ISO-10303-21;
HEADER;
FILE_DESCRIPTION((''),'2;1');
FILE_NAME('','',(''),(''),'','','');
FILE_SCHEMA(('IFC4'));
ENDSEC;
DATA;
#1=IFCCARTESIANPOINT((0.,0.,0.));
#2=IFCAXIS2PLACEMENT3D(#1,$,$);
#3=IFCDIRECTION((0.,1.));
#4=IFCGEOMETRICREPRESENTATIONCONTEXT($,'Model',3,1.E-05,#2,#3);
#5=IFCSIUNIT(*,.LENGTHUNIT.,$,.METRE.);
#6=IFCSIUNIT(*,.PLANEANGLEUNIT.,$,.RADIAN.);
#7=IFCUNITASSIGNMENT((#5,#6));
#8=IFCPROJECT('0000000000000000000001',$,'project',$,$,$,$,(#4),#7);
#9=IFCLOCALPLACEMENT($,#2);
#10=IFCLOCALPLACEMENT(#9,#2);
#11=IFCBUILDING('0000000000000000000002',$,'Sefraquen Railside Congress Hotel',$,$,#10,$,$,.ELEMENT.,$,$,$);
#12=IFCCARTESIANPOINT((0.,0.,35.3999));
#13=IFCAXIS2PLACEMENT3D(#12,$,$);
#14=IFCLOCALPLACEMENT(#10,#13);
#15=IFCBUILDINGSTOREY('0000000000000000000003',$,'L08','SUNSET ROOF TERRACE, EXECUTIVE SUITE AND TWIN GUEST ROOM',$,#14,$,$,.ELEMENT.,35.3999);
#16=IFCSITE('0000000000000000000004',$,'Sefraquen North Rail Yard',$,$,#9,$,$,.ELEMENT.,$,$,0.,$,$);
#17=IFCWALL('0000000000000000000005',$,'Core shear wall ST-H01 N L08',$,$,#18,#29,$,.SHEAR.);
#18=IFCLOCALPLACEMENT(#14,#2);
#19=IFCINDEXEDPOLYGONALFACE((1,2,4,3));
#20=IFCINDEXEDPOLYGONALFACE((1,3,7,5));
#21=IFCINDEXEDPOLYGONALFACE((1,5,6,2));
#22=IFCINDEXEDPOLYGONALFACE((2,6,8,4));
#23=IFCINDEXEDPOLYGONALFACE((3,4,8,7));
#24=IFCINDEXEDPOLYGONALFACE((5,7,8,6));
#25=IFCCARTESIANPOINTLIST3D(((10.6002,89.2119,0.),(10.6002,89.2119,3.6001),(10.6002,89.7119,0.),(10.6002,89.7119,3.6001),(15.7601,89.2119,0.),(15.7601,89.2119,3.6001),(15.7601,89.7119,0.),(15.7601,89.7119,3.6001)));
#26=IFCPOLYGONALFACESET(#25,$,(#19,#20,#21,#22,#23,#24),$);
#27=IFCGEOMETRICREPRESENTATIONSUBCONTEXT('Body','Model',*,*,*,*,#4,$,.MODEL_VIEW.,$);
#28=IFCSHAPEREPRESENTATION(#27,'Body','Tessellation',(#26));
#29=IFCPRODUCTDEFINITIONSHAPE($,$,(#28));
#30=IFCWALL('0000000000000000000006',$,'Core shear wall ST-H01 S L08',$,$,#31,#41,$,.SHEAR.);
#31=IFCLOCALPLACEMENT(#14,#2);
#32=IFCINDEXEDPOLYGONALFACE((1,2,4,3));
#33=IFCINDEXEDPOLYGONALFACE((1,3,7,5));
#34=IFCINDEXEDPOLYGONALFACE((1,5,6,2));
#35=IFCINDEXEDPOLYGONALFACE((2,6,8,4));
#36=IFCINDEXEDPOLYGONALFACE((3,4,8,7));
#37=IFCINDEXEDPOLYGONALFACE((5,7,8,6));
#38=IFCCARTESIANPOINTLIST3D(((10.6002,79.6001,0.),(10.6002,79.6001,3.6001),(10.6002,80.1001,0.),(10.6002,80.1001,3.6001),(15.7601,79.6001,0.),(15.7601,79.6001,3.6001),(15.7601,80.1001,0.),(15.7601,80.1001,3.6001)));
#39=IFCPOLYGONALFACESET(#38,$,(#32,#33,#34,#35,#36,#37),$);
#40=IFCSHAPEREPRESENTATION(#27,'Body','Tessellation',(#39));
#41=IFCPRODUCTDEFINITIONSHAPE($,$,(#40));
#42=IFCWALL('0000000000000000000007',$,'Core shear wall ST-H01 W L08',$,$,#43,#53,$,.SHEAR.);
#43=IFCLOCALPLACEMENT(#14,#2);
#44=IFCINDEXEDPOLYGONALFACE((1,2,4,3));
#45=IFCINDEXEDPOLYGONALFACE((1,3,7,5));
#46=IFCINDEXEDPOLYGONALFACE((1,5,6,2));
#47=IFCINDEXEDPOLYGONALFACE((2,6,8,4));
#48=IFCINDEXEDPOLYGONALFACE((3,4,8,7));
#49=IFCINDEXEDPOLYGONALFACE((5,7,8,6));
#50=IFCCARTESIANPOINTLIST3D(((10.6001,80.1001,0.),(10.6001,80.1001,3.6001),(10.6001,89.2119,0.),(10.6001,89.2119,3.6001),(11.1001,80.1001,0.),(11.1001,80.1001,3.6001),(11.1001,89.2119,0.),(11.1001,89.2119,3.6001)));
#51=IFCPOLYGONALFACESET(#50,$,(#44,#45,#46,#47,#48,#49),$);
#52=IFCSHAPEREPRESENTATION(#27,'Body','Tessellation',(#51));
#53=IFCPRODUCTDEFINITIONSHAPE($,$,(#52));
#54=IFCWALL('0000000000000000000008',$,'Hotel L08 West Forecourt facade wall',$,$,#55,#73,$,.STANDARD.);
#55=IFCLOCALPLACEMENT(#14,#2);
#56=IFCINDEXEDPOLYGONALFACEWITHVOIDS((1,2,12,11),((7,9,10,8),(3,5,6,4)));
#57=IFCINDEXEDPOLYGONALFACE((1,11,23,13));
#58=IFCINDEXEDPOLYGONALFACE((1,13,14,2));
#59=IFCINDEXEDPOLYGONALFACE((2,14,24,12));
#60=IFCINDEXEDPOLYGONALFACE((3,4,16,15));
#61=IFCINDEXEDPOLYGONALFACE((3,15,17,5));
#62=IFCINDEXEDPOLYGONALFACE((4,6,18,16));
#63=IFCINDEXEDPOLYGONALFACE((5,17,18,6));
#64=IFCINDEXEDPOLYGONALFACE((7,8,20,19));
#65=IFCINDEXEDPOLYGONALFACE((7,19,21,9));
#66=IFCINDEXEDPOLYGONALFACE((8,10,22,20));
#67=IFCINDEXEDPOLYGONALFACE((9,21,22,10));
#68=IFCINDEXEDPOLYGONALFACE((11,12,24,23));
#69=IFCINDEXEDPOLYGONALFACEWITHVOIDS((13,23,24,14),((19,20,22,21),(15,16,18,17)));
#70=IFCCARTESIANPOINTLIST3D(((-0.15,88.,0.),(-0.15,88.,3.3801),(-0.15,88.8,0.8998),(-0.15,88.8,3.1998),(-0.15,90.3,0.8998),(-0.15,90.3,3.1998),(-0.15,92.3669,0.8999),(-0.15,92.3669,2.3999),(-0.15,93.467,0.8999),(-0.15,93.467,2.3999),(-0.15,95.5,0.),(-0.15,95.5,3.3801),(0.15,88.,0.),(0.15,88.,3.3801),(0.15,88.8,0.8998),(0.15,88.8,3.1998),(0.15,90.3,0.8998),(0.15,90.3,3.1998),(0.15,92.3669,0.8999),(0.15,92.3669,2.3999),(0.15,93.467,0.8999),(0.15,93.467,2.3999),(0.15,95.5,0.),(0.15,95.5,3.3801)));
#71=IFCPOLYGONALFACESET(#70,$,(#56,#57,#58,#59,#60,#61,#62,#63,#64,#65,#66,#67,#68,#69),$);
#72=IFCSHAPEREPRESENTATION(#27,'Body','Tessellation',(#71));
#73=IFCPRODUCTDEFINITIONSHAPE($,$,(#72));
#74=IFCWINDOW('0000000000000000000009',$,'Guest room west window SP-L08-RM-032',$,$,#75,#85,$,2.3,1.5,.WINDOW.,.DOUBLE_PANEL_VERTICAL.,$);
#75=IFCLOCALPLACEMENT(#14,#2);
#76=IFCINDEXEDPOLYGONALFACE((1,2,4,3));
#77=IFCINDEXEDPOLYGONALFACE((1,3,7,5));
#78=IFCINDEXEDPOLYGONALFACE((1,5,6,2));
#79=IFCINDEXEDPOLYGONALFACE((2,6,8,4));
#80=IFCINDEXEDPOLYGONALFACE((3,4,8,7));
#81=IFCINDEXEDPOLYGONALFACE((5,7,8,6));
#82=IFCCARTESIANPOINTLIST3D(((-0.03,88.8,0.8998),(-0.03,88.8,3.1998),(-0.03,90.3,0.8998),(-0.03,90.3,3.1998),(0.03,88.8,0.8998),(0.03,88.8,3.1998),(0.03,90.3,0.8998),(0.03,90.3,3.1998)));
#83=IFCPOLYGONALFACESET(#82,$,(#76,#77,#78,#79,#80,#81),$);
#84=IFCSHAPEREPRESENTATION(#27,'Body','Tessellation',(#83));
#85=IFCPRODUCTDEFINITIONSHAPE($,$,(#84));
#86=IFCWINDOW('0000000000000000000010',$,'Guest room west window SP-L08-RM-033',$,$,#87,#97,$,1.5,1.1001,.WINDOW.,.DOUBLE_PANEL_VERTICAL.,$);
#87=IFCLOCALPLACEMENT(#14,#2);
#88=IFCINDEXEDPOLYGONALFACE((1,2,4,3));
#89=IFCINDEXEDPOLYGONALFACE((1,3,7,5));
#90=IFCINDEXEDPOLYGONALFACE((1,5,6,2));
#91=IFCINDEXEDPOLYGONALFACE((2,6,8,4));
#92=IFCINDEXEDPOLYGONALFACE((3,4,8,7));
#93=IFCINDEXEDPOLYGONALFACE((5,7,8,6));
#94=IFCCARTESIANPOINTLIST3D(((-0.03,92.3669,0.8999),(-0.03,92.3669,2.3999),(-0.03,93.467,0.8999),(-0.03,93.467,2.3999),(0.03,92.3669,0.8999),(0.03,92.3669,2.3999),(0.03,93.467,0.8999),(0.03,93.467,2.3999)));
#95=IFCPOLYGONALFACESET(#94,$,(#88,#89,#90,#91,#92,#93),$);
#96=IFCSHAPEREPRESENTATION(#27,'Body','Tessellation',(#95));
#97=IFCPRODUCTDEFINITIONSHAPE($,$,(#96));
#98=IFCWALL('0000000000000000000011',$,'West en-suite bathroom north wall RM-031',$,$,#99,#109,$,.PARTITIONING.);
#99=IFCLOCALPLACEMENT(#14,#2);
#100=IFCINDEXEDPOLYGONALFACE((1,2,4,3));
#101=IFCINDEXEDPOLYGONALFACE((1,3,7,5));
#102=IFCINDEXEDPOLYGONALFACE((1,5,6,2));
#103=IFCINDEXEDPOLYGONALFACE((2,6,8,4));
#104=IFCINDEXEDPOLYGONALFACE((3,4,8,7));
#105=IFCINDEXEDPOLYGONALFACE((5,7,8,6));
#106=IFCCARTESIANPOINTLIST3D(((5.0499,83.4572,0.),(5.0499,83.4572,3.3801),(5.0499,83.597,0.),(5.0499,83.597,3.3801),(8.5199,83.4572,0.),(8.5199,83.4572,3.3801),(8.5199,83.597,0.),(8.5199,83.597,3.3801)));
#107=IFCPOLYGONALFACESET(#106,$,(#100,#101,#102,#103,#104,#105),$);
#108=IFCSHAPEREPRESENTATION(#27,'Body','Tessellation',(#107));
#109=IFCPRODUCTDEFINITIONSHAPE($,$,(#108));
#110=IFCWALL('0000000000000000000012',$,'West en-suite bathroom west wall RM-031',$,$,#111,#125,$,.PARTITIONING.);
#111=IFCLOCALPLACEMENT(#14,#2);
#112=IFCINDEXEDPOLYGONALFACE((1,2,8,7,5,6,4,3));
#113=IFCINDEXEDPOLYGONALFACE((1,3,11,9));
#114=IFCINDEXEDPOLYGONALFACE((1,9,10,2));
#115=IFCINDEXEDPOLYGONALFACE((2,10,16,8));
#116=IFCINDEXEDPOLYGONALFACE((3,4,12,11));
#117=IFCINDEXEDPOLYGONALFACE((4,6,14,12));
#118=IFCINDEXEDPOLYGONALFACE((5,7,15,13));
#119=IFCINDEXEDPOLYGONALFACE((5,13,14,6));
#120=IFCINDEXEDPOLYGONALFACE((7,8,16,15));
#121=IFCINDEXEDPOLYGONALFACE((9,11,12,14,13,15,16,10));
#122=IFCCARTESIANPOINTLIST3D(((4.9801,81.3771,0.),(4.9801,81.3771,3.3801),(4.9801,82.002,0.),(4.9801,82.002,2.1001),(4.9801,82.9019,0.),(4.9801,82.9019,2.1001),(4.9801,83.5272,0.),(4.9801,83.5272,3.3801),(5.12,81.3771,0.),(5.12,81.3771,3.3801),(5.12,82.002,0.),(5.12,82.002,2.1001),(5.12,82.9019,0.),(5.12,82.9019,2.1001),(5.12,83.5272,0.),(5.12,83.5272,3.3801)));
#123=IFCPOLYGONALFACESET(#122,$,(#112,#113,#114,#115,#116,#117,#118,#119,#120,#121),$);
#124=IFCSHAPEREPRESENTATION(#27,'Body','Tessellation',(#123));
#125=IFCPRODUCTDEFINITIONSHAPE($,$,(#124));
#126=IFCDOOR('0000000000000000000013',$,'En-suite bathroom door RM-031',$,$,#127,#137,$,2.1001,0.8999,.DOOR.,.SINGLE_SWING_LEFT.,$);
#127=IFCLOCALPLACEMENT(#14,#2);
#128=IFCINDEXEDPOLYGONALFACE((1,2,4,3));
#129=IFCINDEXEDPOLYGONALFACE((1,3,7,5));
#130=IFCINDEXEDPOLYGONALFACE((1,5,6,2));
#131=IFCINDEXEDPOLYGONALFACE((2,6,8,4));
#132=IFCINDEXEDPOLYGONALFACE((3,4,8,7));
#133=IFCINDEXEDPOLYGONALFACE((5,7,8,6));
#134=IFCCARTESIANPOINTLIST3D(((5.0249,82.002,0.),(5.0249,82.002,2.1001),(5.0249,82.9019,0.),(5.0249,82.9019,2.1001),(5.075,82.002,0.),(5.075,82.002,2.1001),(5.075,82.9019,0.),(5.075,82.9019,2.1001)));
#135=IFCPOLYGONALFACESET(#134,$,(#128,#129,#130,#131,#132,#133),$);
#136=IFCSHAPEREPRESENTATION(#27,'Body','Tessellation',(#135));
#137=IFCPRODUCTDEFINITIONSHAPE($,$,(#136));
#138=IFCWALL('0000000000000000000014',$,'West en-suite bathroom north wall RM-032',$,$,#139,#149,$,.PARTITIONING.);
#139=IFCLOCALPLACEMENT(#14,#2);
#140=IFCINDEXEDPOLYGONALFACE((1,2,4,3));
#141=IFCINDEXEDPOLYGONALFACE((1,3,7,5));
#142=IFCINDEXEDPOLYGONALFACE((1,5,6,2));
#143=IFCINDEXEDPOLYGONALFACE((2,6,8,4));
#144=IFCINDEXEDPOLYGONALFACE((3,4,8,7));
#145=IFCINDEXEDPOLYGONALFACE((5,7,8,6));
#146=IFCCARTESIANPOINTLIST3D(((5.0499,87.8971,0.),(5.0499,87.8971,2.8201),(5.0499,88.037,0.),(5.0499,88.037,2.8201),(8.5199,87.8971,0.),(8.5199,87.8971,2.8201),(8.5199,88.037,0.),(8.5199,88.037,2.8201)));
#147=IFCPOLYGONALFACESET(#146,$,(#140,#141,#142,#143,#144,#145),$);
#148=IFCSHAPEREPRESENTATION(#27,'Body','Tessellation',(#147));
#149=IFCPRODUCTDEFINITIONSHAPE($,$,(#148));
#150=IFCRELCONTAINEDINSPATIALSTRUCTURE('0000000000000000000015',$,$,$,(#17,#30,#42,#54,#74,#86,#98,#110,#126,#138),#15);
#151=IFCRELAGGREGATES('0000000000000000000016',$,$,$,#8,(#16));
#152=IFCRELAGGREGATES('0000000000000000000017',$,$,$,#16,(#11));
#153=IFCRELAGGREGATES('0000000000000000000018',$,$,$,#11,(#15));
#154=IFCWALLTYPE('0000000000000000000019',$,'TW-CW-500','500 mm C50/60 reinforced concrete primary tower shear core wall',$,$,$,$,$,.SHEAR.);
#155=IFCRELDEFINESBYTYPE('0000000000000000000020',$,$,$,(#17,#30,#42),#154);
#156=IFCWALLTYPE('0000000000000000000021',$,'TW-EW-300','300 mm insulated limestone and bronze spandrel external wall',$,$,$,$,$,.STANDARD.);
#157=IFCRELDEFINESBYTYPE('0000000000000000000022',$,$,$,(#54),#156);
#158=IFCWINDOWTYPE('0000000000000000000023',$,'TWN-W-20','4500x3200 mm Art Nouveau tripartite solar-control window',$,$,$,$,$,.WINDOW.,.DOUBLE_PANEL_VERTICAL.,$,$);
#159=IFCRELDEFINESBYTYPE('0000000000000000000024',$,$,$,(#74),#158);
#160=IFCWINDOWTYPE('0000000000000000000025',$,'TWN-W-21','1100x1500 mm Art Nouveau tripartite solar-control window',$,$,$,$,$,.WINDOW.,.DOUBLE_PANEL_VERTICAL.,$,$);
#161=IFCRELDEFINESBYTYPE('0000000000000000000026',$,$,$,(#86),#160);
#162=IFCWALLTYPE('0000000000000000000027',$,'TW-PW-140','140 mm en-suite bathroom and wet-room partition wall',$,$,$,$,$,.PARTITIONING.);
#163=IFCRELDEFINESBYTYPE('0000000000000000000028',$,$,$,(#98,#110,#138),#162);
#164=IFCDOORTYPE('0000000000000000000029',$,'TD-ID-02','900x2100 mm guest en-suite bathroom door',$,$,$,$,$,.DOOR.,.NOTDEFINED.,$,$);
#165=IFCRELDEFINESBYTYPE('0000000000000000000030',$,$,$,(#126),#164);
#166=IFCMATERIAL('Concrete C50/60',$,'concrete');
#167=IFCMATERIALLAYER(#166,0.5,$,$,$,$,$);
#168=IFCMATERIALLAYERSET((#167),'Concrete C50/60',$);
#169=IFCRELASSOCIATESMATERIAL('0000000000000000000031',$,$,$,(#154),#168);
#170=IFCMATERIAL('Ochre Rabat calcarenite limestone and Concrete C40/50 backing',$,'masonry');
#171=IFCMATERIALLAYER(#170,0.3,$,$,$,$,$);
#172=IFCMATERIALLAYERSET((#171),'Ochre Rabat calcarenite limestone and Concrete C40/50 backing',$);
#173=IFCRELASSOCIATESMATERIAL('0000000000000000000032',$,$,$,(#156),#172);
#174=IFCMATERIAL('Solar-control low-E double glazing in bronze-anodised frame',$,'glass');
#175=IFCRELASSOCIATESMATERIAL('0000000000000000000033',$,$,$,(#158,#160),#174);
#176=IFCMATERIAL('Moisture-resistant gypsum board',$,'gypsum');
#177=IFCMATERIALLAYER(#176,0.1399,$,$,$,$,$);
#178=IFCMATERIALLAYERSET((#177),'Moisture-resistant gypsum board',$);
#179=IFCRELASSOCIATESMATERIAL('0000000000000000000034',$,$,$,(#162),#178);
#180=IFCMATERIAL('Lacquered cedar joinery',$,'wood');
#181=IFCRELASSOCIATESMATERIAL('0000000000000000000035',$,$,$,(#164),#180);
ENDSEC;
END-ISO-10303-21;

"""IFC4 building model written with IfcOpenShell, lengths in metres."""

from ifc_helpers import new_model, si_unit, direction, frame, frame_2d, origin, place, context, subcontext, project, spatial, rectangle, extrude, material, layer, layer_set, type_object, element, fill, save


model = new_model("IFC4")

# Units and contexts
model_context = context("Model", 3, precision=1e-05, world=origin(), true_north=direction((0.0, 1.0)))
body_context = subcontext(model_context, "Body", "Model", "MODEL_VIEW")
ifc_project = project(units=[si_unit("LENGTHUNIT", "METRE"), si_unit("PLANEANGLEUNIT", "RADIAN")], contexts=[model_context])

# Site, building, storey
site_placement = place(None, origin())
site = spatial("IfcSite", under=ifc_project, at=site_placement, Name="Sefraquen North Rail Yard", CompositionType="ELEMENT", RefElevation=0.0)
building_placement = place(site_placement, origin())
building = spatial("IfcBuilding", under=site, at=building_placement, Name="Sefraquen Railside Congress Hotel", CompositionType="ELEMENT")
storey_placement = place(building_placement, frame((0.0, 0.0, 35.3999)))
storey = spatial("IfcBuildingStorey", under=building, at=storey_placement, Name="L08", Description="SUNSET ROOF TERRACE, EXECUTIVE SUITE AND TWIN GUEST ROOM", CompositionType="ELEMENT", Elevation=35.3999)

# Walls
ifc_material_1 = material(Name="Concrete C50/60", Category="concrete")
ifc_layer_1 = layer(ifc_material_1, 0.5)
ifc_layer_set_1 = layer_set([ifc_layer_1], Name="Concrete C50/60")
wall_type_1 = type_object("IfcWallType", Name="TW-CW-500", Description="500 mm C50/60 reinforced concrete primary tower shear core wall", PredefinedType="SHEAR", material=ifc_layer_set_1)
for number, where, z_axis, x_axis, name in (
    (1, (10.6001, 89.4619, 0.0), (0.0, 0.0, 1.0), (1.0, 0.0, 0.0), "Core shear wall ST-H01 N L08"),
    (2, (10.6001, 79.8501, 0.0), (0.0, 0.0, 1.0), (1.0, 0.0, 0.0), "Core shear wall ST-H01 S L08"),
):
    element("IfcWall", number, at=place(storey_placement, frame(where, z_axis=z_axis, x_axis=x_axis)), inside=storey, type_object=wall_type_1, Name=name, PredefinedType="SHEAR", context=body_context, shape_type="SweptSolid", body=[
        extrude(rectangle(XDim=5.1599, YDim=0.5, at=frame_2d((2.5801, 0.0))), origin(), (0.0, 0.0, 1.0), 3.6001),
    ])
wall_1_placement = place(storey_placement, frame((10.8501, 80.1001, 0.0), z_axis=(0.0, 0.0, 1.0), x_axis=(0.0, 1.0, 0.0)))
element("IfcWall", 3, at=wall_1_placement, inside=storey, type_object=wall_type_1, Name="Core shear wall ST-H01 W L08", PredefinedType="SHEAR", context=body_context, shape_type="SweptSolid", body=[
    extrude(rectangle(XDim=9.1118, YDim=0.5, at=frame_2d((4.5559, 0.0))), origin(), (0.0, 0.0, 1.0), 3.6001),
])

# Wall, openings, windows
ifc_material_2 = material(Name="Ochre Rabat calcarenite limestone and Concrete C40/50 backing", Category="masonry")
ifc_layer_2 = layer(ifc_material_2, 0.3)
ifc_layer_set_2 = layer_set([ifc_layer_2], Name="Ochre Rabat calcarenite limestone and Concrete C40/50 backing")
wall_type_2 = type_object("IfcWallType", Name="TW-EW-300", Description="300 mm insulated limestone and bronze spandrel external wall", PredefinedType="STANDARD", material=ifc_layer_set_2)
wall_2_placement = place(storey_placement, frame((0.0, 88.0, 0.0), z_axis=(0.0, 0.0, 1.0), x_axis=(0.0, 1.0, 0.0)))
wall_2 = element("IfcWall", 4, at=wall_2_placement, inside=storey, type_object=wall_type_2, Name="Hotel L08 West Forecourt facade wall", PredefinedType="STANDARD", context=body_context, shape_type="SweptSolid", body=[
    extrude(rectangle(XDim=7.5, YDim=0.3, at=frame_2d((3.75, 0.0))), origin(), (0.0, 0.0, 1.0), 3.3801),
])
opening_1_placement = place(wall_2_placement, frame((0.8, 0.0, 0.8999)))
opening_1 = element("IfcOpeningElement", 5, at=opening_1_placement, cuts=wall_2, PredefinedType="OPENING", context=body_context, shape_type="SweptSolid", body=[
    extrude(rectangle(XDim=1.5, YDim=2.3, at=frame_2d((0.75, 1.1499))), frame((0.0, 0.1599, 0.0), z_axis=(0.0, -1.0, 0.0), x_axis=(1.0, 0.0, 0.0)), (0.0, 0.0, 1.0), 0.3201),
])
opening_2_placement = place(wall_2_placement, frame((4.3669, 0.0, 0.8999)))
opening_2 = element("IfcOpeningElement", 6, at=opening_2_placement, cuts=wall_2, PredefinedType="OPENING", context=body_context, shape_type="SweptSolid", body=[
    extrude(rectangle(XDim=1.1001, YDim=1.5, at=frame_2d((0.55, 0.75))), frame((0.0, 0.1599, 0.0), z_axis=(0.0, -1.0, 0.0), x_axis=(1.0, 0.0, 0.0)), (0.0, 0.0, 1.0), 0.3201),
])
ifc_material_3 = material(Name="Solar-control low-E double glazing in bronze-anodised frame", Category="glass")
window_type_1 = type_object("IfcWindowType", Name="TWN-W-20", Description="4500x3200 mm Art Nouveau tripartite solar-control window", PartitioningType="DOUBLE_PANEL_VERTICAL", PredefinedType="WINDOW", material=ifc_material_3)
window_1_placement = place(opening_1_placement, origin())
window_1 = element("IfcWindow", 7, at=window_1_placement, inside=storey, type_object=window_type_1, Name="Guest room west window SP-L08-RM-032", OverallHeight=2.3, OverallWidth=1.5, PartitioningType="DOUBLE_PANEL_VERTICAL", PredefinedType="WINDOW", context=body_context, shape_type="SweptSolid", body=[
    extrude(rectangle(XDim=1.5, YDim=2.3, at=frame_2d((0.75, 1.1499))), frame((0.0, 0.03, 0.0), z_axis=(0.0, -1.0, 0.0), x_axis=(1.0, 0.0, 0.0)), (0.0, 0.0, 1.0), 0.0601),
])
fill(opening_1, window_1)
window_type_2 = type_object("IfcWindowType", Name="TWN-W-21", Description="1100x1500 mm Art Nouveau tripartite solar-control window", PartitioningType="DOUBLE_PANEL_VERTICAL", PredefinedType="WINDOW", material=ifc_material_3)
window_2_placement = place(opening_2_placement, origin())
window_2 = element("IfcWindow", 8, at=window_2_placement, inside=storey, type_object=window_type_2, Name="Guest room west window SP-L08-RM-033", OverallHeight=1.5, OverallWidth=1.1001, PartitioningType="DOUBLE_PANEL_VERTICAL", PredefinedType="WINDOW", context=body_context, shape_type="SweptSolid", body=[
    extrude(rectangle(XDim=1.1001, YDim=1.5, at=frame_2d((0.55, 0.75))), frame((0.0, 0.03, 0.0), z_axis=(0.0, -1.0, 0.0), x_axis=(1.0, 0.0, 0.0)), (0.0, 0.0, 1.0), 0.0601),
])
fill(opening_2, window_2)

# Wall
ifc_material_4 = material(Name="Moisture-resistant gypsum board", Category="gypsum")
ifc_layer_3 = layer(ifc_material_4, 0.1399)
ifc_layer_set_3 = layer_set([ifc_layer_3], Name="Moisture-resistant gypsum board")
wall_type_3 = type_object("IfcWallType", Name="TW-PW-140", Description="140 mm en-suite bathroom and wet-room partition wall", PredefinedType="PARTITIONING", material=ifc_layer_set_3)
wall_3_placement = place(storey_placement, frame((5.05, 83.5271, 0.0), z_axis=(0.0, 0.0, 1.0), x_axis=(1.0, 0.0, 0.0)))
element("IfcWall", 9, at=wall_3_placement, inside=storey, type_object=wall_type_3, Name="West en-suite bathroom north wall RM-031", PredefinedType="PARTITIONING", context=body_context, shape_type="SweptSolid", body=[
    extrude(rectangle(XDim=3.47, YDim=0.1399, at=frame_2d((1.7349, 0.0))), origin(), (0.0, 0.0, 1.0), 3.3801),
])

# Wall, opening, door
wall_4_placement = place(storey_placement, frame((5.05, 81.377, 0.0), z_axis=(0.0, 0.0, 1.0), x_axis=(0.0, 1.0, 0.0)))
wall_4 = element("IfcWall", 10, at=wall_4_placement, inside=storey, type_object=wall_type_3, Name="West en-suite bathroom west wall RM-031", PredefinedType="PARTITIONING", context=body_context, shape_type="SweptSolid", body=[
    extrude(rectangle(XDim=2.1501, YDim=0.1399, at=frame_2d((1.0752, 0.0))), origin(), (0.0, 0.0, 1.0), 3.3801),
])
opening_3_placement = place(wall_4_placement, frame((0.625, 0.0, 0.0)))
opening_3 = element("IfcOpeningElement", 11, at=opening_3_placement, cuts=wall_4, PredefinedType="OPENING", context=body_context, shape_type="SweptSolid", body=[
    extrude(rectangle(XDim=0.8999, YDim=2.1001, at=frame_2d((0.45, 1.05))), frame((0.0, 0.0798, 0.0), z_axis=(0.0, -1.0, 0.0), x_axis=(1.0, 0.0, 0.0)), (0.0, 0.0, 1.0), 0.1599),
])
ifc_material_5 = material(Name="Lacquered cedar joinery", Category="wood")
door_type = type_object("IfcDoorType", Name="TD-ID-02", Description="900x2100 mm guest en-suite bathroom door", OperationType="NOTDEFINED", PredefinedType="DOOR", material=ifc_material_5)
door_1_placement = place(opening_3_placement, frame((0.8999, 0.0, 0.0), z_axis=(0.0, 0.0, 1.0), x_axis=(-1.0, 0.0, 0.0)))
door_1 = element("IfcDoor", 12, at=door_1_placement, inside=storey, type_object=door_type, Name="En-suite bathroom door RM-031", OperationType="SINGLE_SWING_LEFT", OverallHeight=2.1001, OverallWidth=0.8999, PredefinedType="DOOR", context=body_context, shape_type="SweptSolid", body=[
    extrude(rectangle(XDim=0.8999, YDim=2.1001, at=frame_2d((0.45, 1.05))), frame((0.0, 0.0249, 0.0), z_axis=(0.0, -1.0, 0.0), x_axis=(1.0, 0.0, 0.0)), (0.0, 0.0, 1.0), 0.05),
])
fill(opening_3, door_1)

# Wall
wall_5_placement = place(storey_placement, frame((5.05, 87.967, 0.0), z_axis=(0.0, 0.0, 1.0), x_axis=(1.0, 0.0, 0.0)))
element("IfcWall", 13, at=wall_5_placement, inside=storey, type_object=wall_type_3, Name="West en-suite bathroom north wall RM-032", PredefinedType="PARTITIONING", context=body_context, shape_type="SweptSolid", body=[
    extrude(rectangle(XDim=3.47, YDim=0.1399, at=frame_2d((1.7349, 0.0))), origin(), (0.0, 0.0, 1.0), 2.8201),
])

save(model, "model.ifc")
